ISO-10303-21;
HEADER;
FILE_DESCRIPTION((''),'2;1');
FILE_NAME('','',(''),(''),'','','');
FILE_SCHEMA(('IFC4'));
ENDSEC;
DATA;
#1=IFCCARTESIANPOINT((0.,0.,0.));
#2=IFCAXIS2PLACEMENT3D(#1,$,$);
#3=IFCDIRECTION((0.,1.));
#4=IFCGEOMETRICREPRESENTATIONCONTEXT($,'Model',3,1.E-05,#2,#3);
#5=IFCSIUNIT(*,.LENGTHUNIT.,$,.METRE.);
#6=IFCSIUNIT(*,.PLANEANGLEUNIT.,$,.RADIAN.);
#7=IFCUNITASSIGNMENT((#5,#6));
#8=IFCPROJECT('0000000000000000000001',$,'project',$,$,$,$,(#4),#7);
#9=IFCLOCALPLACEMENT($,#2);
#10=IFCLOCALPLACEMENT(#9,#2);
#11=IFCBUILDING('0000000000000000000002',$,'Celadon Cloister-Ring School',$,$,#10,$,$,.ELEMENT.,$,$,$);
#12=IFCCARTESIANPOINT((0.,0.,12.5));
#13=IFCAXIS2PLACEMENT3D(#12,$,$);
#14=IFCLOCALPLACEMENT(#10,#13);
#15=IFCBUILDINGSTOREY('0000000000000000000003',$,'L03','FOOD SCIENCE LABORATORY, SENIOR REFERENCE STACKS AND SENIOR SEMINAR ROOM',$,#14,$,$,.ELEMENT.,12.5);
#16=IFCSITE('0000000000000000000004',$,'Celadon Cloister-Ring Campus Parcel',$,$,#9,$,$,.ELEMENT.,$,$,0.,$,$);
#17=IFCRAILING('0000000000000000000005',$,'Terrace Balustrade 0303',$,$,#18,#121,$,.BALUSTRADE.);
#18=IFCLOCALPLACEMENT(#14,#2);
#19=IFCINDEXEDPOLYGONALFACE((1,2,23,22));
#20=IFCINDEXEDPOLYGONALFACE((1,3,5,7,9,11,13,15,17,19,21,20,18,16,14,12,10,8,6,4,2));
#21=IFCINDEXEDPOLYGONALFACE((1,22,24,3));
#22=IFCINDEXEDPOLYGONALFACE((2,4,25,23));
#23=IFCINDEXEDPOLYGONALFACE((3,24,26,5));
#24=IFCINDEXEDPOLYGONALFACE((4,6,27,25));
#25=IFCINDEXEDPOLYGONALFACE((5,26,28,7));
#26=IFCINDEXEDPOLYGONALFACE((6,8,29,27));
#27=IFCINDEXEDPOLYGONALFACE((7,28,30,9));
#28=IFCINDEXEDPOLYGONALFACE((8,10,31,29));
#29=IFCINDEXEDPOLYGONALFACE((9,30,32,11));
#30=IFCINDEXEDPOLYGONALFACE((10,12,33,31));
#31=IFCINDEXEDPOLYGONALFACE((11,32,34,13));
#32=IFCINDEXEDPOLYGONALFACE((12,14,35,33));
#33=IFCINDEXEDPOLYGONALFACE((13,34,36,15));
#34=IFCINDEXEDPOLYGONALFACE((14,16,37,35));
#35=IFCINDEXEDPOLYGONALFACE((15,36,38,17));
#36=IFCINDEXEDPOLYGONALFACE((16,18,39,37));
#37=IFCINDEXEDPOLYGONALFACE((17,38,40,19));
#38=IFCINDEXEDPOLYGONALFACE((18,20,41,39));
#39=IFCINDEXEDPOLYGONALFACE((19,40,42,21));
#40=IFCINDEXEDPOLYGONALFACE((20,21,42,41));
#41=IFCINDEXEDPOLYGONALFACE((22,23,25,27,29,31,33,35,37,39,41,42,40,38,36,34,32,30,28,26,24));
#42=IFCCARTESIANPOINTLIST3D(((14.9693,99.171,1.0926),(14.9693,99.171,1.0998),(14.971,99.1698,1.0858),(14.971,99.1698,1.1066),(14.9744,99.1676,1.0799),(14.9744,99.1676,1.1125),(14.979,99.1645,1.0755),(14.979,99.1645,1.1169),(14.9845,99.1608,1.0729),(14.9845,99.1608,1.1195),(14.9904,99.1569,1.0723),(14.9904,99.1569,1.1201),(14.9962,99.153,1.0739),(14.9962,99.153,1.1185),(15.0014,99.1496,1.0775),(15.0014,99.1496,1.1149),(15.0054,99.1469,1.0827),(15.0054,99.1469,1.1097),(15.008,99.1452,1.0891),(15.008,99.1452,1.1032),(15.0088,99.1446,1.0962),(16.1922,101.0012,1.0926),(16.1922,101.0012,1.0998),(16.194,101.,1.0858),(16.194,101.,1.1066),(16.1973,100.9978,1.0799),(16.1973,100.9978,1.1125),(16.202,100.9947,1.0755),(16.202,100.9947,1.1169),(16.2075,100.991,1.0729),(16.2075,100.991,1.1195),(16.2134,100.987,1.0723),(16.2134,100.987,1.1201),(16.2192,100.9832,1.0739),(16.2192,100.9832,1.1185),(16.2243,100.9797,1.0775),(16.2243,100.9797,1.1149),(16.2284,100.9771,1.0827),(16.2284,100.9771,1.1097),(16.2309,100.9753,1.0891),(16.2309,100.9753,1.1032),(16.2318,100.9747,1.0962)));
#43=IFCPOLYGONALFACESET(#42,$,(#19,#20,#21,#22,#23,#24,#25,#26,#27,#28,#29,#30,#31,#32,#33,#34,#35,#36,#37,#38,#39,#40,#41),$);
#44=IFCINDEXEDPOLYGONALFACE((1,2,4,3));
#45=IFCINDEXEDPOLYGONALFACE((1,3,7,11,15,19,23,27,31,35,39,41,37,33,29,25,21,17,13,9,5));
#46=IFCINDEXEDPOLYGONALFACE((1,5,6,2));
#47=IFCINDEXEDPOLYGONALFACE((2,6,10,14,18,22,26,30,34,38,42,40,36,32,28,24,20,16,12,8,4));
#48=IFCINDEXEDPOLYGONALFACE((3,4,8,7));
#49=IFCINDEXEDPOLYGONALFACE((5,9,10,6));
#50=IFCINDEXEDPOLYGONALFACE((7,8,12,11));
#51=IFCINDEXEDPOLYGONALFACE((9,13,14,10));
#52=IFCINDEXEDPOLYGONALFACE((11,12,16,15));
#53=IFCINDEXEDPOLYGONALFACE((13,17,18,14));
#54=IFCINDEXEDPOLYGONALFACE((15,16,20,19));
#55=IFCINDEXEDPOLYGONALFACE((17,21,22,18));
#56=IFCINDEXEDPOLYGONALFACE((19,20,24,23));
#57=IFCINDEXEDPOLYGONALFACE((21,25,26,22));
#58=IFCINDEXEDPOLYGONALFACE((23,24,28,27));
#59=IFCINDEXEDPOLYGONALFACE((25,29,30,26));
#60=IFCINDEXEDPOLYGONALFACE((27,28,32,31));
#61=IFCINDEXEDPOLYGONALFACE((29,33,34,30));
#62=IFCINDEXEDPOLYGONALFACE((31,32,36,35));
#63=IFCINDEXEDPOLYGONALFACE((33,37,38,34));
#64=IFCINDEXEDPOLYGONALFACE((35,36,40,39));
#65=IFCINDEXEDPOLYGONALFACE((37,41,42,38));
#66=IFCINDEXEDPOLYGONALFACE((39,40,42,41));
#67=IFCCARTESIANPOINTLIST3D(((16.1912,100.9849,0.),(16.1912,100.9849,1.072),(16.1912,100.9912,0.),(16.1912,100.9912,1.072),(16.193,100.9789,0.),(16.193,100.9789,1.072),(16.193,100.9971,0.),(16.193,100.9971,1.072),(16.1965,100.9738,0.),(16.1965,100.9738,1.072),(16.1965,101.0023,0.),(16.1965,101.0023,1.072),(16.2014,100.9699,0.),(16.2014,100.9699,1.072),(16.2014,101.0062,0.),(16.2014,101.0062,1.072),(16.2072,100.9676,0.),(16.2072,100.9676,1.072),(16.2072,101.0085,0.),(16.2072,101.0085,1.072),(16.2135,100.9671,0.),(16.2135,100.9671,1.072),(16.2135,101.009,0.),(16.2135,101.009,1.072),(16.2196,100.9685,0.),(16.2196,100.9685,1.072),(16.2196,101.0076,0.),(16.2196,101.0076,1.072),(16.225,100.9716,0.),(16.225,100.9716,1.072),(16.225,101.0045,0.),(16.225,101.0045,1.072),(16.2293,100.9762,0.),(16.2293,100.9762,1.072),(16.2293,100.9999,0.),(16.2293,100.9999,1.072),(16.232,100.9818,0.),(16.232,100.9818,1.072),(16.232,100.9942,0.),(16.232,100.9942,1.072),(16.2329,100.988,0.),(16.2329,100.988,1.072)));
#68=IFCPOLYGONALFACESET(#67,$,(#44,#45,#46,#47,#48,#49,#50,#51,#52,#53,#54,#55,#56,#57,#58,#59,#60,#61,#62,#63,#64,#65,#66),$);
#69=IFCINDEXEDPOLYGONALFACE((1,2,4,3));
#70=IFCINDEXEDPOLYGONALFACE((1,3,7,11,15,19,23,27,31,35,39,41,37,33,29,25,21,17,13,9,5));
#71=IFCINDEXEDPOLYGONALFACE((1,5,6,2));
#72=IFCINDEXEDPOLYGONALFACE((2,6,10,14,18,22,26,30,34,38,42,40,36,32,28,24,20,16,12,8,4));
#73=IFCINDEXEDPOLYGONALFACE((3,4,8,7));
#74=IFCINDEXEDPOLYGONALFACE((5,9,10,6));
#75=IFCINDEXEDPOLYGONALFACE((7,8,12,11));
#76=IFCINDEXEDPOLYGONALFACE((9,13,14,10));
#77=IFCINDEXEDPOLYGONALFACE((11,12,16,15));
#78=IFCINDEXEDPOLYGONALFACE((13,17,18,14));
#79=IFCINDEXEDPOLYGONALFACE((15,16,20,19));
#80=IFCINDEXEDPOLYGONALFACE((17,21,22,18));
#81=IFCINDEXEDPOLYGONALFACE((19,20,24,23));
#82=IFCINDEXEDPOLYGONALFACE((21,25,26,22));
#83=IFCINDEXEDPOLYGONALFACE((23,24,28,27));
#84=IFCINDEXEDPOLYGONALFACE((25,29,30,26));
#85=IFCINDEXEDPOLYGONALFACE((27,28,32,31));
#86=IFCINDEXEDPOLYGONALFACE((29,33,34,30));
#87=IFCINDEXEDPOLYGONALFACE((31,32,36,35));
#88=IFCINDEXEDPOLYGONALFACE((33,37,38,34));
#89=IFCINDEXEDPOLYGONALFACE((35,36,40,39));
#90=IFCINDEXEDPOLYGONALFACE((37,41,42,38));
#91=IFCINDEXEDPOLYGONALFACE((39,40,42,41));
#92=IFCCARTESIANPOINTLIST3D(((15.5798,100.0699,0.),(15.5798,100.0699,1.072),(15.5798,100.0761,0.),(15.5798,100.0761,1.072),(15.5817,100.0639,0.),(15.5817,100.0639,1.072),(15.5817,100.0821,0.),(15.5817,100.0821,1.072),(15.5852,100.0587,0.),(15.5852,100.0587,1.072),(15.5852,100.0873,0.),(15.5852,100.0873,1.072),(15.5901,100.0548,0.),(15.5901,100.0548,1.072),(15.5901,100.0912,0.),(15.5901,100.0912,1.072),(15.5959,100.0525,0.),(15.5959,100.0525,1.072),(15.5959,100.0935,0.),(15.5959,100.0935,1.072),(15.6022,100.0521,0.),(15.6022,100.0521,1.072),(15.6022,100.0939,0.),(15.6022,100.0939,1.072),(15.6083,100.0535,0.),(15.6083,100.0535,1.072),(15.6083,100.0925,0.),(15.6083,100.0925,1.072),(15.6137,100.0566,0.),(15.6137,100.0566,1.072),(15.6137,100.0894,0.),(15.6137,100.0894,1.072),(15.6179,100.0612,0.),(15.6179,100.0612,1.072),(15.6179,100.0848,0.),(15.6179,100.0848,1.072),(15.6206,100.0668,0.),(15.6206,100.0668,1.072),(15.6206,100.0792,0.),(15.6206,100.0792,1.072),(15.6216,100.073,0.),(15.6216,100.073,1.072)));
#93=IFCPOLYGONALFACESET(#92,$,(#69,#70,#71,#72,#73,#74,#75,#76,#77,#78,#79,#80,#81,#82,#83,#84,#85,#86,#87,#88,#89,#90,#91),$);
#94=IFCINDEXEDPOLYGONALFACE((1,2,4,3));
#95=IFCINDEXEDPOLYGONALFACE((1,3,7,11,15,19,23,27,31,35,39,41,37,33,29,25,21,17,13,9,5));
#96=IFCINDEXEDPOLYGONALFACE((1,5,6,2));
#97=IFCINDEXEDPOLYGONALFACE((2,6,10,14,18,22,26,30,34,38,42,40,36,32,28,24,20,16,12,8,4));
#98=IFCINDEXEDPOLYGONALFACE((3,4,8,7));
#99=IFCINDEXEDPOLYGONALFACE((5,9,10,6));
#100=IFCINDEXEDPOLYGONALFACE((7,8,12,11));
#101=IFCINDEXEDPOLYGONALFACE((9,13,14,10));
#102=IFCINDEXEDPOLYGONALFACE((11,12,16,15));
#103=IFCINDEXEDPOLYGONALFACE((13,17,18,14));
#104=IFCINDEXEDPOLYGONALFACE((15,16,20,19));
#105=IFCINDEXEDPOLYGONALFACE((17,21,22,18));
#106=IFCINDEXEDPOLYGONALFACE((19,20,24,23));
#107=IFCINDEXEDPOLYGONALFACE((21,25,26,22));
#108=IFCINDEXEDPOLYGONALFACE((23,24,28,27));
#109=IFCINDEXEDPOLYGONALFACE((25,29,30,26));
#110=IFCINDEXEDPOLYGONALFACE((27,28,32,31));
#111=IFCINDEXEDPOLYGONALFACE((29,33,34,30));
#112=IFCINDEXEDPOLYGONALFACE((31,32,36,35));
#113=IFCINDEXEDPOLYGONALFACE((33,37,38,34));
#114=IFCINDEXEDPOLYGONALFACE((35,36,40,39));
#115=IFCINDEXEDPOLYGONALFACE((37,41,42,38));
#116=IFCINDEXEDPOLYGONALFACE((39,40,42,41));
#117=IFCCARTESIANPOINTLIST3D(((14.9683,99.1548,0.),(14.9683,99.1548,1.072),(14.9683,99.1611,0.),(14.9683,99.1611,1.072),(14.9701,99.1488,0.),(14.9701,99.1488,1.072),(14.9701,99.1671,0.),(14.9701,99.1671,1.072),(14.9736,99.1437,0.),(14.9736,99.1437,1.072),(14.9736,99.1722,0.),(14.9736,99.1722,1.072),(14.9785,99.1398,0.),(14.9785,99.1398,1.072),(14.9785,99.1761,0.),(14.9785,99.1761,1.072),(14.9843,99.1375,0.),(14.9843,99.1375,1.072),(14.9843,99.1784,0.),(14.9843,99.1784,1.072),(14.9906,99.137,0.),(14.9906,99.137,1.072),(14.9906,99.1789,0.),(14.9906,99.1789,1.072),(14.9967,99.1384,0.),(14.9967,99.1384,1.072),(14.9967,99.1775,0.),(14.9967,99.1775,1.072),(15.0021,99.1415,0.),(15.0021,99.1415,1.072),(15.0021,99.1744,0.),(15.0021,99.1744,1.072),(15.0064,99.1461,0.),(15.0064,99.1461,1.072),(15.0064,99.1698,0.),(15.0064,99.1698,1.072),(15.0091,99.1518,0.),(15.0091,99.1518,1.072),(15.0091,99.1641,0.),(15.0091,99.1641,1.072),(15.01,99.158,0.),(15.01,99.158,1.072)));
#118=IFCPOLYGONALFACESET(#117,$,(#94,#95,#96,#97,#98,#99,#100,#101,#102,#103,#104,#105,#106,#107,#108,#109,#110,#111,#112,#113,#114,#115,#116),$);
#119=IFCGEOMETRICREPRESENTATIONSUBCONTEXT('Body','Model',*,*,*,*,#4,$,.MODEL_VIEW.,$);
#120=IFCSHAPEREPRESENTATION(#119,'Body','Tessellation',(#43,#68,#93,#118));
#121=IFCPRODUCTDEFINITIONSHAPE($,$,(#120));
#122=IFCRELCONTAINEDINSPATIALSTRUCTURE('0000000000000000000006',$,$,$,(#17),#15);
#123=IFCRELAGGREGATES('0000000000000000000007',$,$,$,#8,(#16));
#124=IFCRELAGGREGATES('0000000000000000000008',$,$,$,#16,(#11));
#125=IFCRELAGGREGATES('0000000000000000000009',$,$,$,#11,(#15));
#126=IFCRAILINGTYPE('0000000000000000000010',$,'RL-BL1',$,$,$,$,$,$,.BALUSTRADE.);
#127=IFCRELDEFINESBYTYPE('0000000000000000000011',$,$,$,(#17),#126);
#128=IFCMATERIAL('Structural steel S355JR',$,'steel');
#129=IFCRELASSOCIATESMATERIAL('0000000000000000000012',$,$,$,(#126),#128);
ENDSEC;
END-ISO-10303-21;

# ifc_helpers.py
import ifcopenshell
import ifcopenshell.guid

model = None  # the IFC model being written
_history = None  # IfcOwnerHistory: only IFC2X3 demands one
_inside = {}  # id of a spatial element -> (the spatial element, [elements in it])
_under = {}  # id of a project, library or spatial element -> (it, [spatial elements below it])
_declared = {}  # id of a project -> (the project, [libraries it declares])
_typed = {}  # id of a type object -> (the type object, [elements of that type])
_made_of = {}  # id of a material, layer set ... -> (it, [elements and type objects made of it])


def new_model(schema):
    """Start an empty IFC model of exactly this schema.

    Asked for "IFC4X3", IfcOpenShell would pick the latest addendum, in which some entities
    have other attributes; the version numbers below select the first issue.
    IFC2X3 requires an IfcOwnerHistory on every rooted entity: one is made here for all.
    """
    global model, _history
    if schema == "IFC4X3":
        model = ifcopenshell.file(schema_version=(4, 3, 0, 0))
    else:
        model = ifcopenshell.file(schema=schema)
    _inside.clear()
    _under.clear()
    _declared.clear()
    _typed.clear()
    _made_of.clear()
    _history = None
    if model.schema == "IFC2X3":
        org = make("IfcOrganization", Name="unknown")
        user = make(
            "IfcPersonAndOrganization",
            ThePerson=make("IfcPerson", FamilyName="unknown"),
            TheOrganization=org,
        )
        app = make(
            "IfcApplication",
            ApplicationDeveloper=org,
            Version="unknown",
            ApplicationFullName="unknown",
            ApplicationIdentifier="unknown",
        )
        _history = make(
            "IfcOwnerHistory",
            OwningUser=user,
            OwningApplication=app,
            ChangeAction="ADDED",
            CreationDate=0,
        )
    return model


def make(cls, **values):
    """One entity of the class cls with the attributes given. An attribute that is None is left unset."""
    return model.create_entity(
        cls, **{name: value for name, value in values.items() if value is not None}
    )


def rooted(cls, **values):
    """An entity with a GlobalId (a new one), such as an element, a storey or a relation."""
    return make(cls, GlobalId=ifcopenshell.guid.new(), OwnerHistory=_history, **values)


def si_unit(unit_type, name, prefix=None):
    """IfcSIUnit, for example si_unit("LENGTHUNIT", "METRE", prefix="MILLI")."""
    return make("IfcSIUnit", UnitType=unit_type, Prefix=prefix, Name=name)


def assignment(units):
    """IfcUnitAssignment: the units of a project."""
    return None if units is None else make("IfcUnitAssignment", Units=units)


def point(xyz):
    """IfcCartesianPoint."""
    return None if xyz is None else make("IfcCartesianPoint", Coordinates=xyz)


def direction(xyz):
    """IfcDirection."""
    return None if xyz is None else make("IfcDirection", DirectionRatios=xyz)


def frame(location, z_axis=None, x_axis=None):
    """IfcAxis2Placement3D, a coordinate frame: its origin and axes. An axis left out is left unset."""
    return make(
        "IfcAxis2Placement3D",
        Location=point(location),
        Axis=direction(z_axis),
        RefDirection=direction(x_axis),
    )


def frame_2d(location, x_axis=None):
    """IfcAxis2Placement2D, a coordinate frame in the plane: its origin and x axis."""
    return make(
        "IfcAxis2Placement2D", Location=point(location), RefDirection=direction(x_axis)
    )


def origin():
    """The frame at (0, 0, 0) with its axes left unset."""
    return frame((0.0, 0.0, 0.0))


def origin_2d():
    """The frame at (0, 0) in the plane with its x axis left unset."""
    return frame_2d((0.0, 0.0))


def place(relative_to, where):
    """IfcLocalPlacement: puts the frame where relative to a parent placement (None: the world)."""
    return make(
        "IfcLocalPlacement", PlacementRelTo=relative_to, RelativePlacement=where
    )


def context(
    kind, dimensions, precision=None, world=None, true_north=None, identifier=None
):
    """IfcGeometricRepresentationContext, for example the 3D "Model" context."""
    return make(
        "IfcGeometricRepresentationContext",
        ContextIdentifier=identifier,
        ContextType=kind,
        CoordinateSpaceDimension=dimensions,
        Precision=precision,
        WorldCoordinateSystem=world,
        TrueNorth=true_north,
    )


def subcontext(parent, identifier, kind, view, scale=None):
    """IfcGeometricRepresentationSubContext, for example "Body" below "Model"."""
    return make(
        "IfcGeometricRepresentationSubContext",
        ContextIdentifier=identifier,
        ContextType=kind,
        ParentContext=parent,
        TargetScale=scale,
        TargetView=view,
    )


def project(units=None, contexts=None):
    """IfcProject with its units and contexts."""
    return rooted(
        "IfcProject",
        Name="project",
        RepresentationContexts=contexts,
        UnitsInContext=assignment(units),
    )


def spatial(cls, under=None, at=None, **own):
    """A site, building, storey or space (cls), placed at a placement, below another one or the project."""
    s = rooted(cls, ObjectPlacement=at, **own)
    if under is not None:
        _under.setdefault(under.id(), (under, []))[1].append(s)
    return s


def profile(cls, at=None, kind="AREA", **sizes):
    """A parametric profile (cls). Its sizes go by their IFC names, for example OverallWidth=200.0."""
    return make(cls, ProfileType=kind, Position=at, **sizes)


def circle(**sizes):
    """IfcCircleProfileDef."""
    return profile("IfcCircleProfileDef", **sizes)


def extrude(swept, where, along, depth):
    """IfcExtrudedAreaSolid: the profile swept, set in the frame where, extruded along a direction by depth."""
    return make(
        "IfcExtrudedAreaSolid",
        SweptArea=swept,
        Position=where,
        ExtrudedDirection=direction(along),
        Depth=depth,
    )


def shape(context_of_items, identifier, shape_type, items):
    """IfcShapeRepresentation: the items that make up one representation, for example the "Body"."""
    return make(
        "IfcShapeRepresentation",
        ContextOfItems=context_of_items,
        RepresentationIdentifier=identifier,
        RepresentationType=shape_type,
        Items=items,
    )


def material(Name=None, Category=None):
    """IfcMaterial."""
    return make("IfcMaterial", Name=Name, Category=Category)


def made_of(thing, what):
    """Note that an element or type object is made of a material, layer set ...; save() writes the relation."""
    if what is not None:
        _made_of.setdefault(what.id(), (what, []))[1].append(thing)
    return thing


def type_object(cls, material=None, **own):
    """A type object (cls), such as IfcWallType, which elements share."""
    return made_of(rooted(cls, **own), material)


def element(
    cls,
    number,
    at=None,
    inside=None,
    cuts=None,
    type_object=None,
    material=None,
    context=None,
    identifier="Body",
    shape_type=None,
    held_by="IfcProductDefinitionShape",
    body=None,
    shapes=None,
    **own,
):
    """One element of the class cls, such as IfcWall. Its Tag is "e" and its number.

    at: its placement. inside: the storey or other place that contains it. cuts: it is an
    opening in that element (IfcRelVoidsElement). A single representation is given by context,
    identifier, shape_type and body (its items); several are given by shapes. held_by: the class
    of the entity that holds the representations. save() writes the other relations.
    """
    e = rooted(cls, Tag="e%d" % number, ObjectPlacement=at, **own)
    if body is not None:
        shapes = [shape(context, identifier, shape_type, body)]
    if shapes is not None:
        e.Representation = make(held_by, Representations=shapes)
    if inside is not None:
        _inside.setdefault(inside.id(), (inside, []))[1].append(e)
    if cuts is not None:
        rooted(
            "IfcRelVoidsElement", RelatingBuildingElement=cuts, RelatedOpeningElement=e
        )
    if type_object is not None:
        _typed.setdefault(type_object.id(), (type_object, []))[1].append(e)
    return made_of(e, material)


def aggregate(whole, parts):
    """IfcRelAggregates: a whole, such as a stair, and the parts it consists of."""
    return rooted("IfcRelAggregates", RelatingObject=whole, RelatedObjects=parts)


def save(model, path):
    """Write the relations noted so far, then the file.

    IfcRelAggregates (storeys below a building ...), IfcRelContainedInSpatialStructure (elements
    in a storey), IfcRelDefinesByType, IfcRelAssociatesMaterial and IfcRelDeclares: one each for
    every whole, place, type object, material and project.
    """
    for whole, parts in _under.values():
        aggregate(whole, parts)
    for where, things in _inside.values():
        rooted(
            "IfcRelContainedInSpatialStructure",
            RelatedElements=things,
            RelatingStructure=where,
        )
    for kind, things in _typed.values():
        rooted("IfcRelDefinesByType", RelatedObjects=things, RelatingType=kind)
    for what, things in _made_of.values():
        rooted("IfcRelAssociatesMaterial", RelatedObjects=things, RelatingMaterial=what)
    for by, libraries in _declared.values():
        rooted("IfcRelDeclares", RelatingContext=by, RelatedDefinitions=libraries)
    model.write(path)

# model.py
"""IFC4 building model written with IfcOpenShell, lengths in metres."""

from ifc_helpers import new_model, si_unit, direction, frame, origin, origin_2d, place, context, subcontext, project, spatial, circle, extrude, material, type_object, element, save


model = new_model("IFC4")

# Units and contexts
model_context = context("Model", 3, precision=1e-05, world=origin(), true_north=direction((0.0, 1.0)))
body_context = subcontext(model_context, "Body", "Model", "MODEL_VIEW")
ifc_project = project(units=[si_unit("LENGTHUNIT", "METRE"), si_unit("PLANEANGLEUNIT", "RADIAN")], contexts=[model_context])

# Site, building, storey
site_placement = place(None, origin())
site = spatial("IfcSite", under=ifc_project, at=site_placement, Name="Celadon Cloister-Ring Campus Parcel", CompositionType="ELEMENT", RefElevation=0.0)
building_placement = place(site_placement, origin())
building = spatial("IfcBuilding", under=site, at=building_placement, Name="Celadon Cloister-Ring School", CompositionType="ELEMENT")
storey_placement = place(building_placement, frame((0.0, 0.0, 12.5)))
storey = spatial("IfcBuildingStorey", under=building, at=storey_placement, Name="L03", Description="FOOD SCIENCE LABORATORY, SENIOR REFERENCE STACKS AND SENIOR SEMINAR ROOM", CompositionType="ELEMENT", Elevation=12.5)

# Railing
ifc_material_1 = material(Name="Structural steel S355JR", Category="steel")
railing_type = type_object("IfcRailingType", Name="RL-BL1", PredefinedType="BALUSTRADE", material=ifc_material_1)
railing_1_placement = place(storey_placement, frame((16.2119, 100.988, 0.0)))
element("IfcRailing", 1, at=railing_1_placement, inside=storey, type_object=railing_type, Name="Terrace Balustrade 0303", PredefinedType="BALUSTRADE", context=body_context, shape_type="SweptSolid", body=[
    extrude(circle(Radius=0.0239, at=origin_2d()), frame((0.0, 0.0, 1.0962), z_axis=(-0.555596, -0.831453, 0.0), x_axis=(0.831453, -0.555596, 0.0)), (0.0, 0.0, 1.0), 2.2012),
    extrude(circle(Radius=0.021, at=origin_2d()), origin(), (0.0, 0.0, 1.0), 1.072),
    extrude(circle(Radius=0.021, at=origin_2d()), frame((-0.6113, -0.915, 0.0)), (0.0, 0.0, 1.0), 1.072),
    extrude(circle(Radius=0.021, at=origin_2d()), frame((-1.2229, -1.8301, 0.0)), (0.0, 0.0, 1.0), 1.072),
])

save(model, "model.ifc")
